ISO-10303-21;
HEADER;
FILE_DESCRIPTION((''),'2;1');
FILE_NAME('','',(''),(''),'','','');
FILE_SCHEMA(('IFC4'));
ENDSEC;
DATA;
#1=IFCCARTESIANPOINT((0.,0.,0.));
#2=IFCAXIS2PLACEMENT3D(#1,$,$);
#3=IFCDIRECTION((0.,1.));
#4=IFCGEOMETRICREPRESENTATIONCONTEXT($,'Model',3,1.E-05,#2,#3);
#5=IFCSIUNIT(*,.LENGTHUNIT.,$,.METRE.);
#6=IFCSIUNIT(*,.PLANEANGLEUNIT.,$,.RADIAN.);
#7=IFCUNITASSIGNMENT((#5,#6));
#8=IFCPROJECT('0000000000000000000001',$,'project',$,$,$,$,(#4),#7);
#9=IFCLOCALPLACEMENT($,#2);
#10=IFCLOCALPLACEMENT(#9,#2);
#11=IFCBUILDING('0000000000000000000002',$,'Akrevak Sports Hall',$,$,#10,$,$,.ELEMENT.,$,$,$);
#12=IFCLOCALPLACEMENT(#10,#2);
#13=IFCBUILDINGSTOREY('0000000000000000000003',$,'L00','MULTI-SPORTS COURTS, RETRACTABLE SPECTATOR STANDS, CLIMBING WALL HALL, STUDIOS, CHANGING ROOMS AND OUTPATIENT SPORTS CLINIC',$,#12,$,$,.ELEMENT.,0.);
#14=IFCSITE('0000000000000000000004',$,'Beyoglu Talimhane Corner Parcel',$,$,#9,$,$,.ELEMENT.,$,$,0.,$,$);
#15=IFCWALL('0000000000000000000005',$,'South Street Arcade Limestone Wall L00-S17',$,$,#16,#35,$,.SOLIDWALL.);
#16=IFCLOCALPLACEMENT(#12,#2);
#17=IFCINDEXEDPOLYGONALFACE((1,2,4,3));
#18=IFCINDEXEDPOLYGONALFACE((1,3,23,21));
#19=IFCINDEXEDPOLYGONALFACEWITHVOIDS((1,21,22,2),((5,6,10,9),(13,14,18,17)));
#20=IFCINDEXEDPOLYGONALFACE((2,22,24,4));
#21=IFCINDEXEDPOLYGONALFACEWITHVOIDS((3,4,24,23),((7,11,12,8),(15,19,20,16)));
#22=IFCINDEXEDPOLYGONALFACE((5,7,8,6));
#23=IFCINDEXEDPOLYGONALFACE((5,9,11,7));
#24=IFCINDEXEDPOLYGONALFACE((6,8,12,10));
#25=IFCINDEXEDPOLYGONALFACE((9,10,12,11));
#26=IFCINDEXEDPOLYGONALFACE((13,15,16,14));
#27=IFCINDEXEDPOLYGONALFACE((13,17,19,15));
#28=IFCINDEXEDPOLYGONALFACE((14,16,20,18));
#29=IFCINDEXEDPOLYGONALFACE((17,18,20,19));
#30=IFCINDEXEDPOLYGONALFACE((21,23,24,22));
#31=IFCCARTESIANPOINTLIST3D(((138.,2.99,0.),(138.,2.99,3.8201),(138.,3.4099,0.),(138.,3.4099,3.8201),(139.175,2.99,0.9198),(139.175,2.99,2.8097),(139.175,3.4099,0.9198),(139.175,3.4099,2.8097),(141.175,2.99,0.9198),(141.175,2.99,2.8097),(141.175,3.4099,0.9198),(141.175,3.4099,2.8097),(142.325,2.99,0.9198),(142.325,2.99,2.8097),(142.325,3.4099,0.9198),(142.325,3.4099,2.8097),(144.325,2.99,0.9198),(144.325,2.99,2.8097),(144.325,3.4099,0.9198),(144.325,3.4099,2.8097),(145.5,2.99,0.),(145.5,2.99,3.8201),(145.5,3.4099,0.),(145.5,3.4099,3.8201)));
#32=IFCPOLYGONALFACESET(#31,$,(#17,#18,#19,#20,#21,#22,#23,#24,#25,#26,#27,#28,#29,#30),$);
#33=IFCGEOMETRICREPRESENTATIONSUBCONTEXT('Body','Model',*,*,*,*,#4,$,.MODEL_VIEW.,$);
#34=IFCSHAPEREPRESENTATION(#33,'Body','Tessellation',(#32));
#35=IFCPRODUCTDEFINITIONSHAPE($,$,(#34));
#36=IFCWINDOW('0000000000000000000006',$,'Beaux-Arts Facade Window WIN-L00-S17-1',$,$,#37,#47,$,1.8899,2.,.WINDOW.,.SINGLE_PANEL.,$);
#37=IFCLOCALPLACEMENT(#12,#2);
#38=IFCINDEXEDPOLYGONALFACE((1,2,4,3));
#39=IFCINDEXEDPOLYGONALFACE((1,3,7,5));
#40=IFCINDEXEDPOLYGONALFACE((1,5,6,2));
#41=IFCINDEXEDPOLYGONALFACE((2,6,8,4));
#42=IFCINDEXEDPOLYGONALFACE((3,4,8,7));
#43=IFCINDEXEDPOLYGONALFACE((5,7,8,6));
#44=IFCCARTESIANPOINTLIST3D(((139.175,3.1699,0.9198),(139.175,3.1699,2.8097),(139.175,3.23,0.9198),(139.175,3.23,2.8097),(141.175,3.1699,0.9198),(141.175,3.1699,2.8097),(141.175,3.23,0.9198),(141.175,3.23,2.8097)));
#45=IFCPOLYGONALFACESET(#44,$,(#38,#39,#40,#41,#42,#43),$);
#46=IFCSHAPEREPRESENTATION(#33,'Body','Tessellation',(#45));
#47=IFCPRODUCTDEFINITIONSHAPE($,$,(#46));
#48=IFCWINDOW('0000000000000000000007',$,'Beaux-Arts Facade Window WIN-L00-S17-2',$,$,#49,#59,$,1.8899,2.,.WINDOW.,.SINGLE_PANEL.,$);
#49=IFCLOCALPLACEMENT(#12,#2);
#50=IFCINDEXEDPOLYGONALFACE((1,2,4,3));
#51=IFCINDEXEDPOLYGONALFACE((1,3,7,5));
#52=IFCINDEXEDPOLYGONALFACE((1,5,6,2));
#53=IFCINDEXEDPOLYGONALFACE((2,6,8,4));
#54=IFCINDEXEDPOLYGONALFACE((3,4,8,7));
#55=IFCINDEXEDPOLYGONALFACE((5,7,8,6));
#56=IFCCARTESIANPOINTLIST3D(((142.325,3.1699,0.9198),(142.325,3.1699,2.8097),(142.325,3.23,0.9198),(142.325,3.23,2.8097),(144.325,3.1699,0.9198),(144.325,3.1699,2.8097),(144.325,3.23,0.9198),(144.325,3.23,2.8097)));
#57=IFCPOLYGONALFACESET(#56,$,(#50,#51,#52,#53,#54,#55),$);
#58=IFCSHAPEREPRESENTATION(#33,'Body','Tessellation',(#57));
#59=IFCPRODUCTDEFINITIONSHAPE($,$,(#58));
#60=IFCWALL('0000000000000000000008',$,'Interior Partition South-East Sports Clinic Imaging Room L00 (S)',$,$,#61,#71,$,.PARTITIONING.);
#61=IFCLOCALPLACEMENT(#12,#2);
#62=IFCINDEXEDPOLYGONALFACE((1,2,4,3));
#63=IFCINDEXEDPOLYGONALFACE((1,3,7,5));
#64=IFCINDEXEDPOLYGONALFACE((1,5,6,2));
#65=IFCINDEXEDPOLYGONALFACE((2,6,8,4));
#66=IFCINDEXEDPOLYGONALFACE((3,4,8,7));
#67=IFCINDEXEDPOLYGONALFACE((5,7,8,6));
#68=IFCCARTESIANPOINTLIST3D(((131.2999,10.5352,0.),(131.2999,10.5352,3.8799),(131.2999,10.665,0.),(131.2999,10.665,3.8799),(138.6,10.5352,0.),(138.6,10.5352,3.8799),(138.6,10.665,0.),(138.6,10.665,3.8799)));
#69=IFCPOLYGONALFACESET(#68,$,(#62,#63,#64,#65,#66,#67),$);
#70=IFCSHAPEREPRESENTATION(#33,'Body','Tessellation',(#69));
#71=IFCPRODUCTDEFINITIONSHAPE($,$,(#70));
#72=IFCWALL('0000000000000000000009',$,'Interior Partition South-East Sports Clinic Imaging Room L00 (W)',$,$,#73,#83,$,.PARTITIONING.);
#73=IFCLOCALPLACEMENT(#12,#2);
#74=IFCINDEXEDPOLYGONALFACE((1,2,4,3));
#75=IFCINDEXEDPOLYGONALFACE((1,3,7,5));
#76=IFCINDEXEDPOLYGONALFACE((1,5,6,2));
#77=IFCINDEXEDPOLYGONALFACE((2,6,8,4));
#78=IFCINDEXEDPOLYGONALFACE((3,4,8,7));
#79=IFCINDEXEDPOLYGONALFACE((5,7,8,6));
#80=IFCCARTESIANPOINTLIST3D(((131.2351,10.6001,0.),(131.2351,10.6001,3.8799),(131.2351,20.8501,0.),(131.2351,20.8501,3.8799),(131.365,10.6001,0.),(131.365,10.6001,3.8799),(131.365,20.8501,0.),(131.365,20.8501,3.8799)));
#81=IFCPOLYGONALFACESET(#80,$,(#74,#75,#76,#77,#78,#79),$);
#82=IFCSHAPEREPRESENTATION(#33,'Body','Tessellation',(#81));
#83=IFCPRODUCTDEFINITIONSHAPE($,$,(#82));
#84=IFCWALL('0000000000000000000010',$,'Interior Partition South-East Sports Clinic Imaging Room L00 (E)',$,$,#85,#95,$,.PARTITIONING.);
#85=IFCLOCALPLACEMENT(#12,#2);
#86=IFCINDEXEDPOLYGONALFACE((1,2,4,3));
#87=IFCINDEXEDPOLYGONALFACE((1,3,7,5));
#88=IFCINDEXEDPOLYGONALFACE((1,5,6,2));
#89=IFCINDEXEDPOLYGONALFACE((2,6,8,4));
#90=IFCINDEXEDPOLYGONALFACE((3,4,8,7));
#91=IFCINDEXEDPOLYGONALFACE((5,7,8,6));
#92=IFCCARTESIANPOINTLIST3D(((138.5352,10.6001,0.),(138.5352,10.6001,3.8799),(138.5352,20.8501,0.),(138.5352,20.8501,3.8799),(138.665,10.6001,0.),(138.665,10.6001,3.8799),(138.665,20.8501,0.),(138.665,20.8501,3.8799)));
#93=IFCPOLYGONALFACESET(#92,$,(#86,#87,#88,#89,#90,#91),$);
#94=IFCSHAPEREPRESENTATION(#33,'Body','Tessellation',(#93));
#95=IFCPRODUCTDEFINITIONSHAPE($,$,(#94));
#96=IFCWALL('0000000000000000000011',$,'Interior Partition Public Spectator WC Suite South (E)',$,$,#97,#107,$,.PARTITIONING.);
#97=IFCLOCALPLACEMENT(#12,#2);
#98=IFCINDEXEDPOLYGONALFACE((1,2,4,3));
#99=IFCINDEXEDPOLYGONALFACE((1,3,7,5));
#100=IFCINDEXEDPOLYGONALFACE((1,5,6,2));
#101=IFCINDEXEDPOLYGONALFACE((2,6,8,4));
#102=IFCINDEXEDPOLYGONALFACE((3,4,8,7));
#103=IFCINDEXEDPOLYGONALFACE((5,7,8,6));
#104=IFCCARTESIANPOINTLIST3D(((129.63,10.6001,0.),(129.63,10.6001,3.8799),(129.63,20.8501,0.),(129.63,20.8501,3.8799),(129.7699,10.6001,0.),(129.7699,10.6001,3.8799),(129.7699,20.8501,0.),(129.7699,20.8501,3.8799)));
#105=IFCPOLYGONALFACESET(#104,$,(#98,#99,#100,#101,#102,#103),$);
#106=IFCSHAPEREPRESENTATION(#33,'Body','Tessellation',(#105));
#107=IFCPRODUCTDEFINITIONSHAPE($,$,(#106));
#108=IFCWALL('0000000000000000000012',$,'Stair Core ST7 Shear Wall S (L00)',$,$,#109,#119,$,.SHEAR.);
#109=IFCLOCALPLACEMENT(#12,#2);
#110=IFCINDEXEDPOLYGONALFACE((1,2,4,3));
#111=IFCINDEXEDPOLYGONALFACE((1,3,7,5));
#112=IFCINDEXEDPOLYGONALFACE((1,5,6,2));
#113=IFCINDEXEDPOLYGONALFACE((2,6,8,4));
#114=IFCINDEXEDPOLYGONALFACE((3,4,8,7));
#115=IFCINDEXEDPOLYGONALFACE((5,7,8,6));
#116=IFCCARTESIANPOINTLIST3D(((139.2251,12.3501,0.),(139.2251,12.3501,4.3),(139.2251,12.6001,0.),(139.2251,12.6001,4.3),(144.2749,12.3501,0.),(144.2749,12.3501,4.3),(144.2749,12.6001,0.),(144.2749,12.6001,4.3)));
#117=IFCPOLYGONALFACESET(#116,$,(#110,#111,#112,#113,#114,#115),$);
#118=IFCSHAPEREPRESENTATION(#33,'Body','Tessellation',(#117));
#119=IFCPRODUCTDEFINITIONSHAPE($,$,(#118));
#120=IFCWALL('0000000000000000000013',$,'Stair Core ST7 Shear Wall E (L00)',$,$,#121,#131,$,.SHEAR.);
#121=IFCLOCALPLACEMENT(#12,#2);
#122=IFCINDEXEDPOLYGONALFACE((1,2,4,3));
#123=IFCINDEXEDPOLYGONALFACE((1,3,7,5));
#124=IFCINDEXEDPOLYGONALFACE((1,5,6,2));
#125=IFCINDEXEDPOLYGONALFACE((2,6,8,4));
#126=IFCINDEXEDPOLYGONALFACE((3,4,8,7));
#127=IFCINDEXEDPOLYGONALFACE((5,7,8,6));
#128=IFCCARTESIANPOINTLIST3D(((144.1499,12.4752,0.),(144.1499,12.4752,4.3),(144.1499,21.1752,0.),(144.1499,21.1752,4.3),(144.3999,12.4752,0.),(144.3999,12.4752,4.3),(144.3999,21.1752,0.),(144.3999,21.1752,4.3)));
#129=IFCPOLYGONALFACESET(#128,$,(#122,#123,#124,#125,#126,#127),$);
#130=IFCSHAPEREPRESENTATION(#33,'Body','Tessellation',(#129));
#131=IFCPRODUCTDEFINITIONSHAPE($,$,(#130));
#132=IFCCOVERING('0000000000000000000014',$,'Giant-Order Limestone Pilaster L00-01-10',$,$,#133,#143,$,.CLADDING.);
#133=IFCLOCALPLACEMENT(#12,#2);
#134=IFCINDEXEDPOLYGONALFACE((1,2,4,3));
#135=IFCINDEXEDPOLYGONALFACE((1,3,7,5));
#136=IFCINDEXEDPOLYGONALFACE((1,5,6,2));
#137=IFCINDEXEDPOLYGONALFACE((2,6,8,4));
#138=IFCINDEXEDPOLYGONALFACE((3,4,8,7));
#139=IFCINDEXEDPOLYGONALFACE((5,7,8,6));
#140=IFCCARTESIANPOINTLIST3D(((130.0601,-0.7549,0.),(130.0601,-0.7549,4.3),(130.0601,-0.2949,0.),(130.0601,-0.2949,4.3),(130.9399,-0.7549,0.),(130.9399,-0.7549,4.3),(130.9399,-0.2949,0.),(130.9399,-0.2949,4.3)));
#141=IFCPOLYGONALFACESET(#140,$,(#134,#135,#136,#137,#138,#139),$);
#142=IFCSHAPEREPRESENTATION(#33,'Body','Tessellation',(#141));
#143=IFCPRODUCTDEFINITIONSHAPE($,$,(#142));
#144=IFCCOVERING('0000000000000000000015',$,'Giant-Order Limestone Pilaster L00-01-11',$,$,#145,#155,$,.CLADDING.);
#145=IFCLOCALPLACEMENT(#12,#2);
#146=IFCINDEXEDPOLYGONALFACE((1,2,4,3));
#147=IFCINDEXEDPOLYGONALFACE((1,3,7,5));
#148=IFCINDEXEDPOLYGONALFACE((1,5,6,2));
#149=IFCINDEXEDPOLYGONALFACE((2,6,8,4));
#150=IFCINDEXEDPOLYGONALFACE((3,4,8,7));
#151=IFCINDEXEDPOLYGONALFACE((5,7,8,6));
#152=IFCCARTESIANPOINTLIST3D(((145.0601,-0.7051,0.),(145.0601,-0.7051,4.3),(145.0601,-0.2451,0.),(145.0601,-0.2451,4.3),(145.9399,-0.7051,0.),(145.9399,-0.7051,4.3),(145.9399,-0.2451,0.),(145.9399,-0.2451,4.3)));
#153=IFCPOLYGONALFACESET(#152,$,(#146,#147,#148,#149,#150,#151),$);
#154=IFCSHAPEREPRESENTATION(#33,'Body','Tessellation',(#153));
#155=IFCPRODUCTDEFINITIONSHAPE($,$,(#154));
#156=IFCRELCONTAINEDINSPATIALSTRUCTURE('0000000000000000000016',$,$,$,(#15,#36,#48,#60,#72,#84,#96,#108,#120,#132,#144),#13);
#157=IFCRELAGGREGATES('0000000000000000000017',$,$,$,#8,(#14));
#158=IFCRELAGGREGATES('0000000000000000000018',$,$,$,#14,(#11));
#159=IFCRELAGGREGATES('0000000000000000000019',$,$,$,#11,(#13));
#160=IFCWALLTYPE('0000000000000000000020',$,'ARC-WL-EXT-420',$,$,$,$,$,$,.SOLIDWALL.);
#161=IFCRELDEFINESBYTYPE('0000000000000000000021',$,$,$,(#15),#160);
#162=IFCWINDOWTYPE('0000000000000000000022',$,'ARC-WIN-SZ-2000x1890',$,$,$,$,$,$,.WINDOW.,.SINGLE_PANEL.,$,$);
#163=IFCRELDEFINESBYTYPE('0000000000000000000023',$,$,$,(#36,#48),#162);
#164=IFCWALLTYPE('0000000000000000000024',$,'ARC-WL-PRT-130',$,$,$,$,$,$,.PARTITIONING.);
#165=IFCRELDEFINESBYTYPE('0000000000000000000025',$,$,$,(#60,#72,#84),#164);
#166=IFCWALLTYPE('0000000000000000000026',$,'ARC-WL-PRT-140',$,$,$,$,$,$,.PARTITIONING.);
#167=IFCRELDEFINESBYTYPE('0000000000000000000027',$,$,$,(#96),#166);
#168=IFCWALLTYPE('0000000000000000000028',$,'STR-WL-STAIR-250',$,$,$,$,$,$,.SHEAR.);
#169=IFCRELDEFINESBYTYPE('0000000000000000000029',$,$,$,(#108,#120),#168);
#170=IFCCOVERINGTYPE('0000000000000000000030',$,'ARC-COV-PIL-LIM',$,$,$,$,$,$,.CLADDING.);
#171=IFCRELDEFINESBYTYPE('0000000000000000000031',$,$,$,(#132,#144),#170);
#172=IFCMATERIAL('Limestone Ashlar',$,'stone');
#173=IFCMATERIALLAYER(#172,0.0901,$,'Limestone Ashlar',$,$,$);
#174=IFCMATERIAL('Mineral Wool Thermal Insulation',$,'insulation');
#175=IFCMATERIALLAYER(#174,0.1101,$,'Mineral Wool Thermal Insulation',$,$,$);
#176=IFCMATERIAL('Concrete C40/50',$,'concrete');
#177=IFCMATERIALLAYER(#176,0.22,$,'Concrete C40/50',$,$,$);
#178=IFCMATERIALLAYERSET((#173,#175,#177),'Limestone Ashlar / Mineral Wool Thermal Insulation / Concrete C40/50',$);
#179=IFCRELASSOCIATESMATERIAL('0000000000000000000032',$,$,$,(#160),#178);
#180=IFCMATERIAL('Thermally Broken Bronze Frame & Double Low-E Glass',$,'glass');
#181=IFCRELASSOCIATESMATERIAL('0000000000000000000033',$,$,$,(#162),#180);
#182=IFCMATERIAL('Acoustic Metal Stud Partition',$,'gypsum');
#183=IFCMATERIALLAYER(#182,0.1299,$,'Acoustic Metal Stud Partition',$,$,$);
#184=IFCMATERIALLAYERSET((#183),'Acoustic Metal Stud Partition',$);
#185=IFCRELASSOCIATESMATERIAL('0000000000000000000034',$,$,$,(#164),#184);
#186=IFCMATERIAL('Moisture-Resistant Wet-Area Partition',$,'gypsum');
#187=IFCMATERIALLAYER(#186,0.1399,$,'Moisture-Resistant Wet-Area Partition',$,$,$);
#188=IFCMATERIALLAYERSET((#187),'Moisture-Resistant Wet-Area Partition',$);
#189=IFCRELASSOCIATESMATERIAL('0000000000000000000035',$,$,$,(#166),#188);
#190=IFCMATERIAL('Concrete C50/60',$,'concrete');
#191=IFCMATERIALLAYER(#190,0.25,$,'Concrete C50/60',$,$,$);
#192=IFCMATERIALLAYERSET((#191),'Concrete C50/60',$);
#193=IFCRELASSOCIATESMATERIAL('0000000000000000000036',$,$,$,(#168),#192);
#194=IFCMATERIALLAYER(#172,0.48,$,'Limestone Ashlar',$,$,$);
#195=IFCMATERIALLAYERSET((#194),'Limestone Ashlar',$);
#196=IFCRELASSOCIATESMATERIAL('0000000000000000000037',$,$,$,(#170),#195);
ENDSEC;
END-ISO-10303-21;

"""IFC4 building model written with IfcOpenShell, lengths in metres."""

from ifc_helpers import new_model, si_unit, direction, frame, frame_2d, origin, origin_2d, place, context, subcontext, project, spatial, rectangle, extrude, material, layer, layer_set, type_object, element, fill, save


model = new_model("IFC4")

# Units and contexts
model_context = context("Model", 3, precision=1e-05, world=origin(), true_north=direction((0.0, 1.0)))
body_context = subcontext(model_context, "Body", "Model", "MODEL_VIEW")
ifc_project = project(units=[si_unit("LENGTHUNIT", "METRE"), si_unit("PLANEANGLEUNIT", "RADIAN")], contexts=[model_context])

# Site, building, storey
site_placement = place(None, origin())
site = spatial("IfcSite", under=ifc_project, at=site_placement, Name="Beyoglu Talimhane Corner Parcel", CompositionType="ELEMENT", RefElevation=0.0)
building_placement = place(site_placement, origin())
building = spatial("IfcBuilding", under=site, at=building_placement, Name="Akrevak Sports Hall", CompositionType="ELEMENT")
storey_placement = place(building_placement, origin())
storey = spatial("IfcBuildingStorey", under=building, at=storey_placement, Name="L00", Description="MULTI-SPORTS COURTS, RETRACTABLE SPECTATOR STANDS, CLIMBING WALL HALL, STUDIOS, CHANGING ROOMS AND OUTPATIENT SPORTS CLINIC", CompositionType="ELEMENT", Elevation=0.0)

# Shared definitions
ifc_material_1 = material(Name="Concrete C40/50", Category="concrete")

# Shared definitions
ifc_material_2 = material(Name="Concrete C50/60", Category="concrete")

# Wall, openings, windows
ifc_material_3 = material(Name="Limestone Ashlar", Category="stone")
ifc_layer_1 = layer(ifc_material_3, 0.0901, Name="Limestone Ashlar")
ifc_material_4 = material(Name="Mineral Wool Thermal Insulation", Category="insulation")
ifc_layer_2 = layer(ifc_material_4, 0.1101, Name="Mineral Wool Thermal Insulation")
ifc_layer_3 = layer(ifc_material_1, 0.22, Name="Concrete C40/50")
ifc_layer_set_1 = layer_set([ifc_layer_1, ifc_layer_2, ifc_layer_3], Name="Limestone Ashlar / Mineral Wool Thermal Insulation / Concrete C40/50")
wall_type_1 = type_object("IfcWallType", Name="ARC-WL-EXT-420", PredefinedType="SOLIDWALL", material=ifc_layer_set_1)
ifc_material_5 = material(Name="Thermally Broken Bronze Frame & Double Low-E Glass", Category="glass")
window_type = type_object("IfcWindowType", Name="ARC-WIN-SZ-2000x1890", PartitioningType="SINGLE_PANEL", PredefinedType="WINDOW", material=ifc_material_5)
wall_1_placement = place(storey_placement, frame((138.0, 3.2, 0.0), z_axis=(0.0, 0.0, 1.0), x_axis=(1.0, 0.0, 0.0)))
wall_1 = element("IfcWall", 1, at=wall_1_placement, inside=storey, type_object=wall_type_1, Name="South Street Arcade Limestone Wall L00-S17", PredefinedType="SOLIDWALL", context=body_context, shape_type="SweptSolid", body=[
    extrude(rectangle(XDim=7.5, YDim=0.4199, at=frame_2d((3.75, 0.0))), origin(), (0.0, 0.0, 1.0), 3.8201),
])
opening_1_placement = place(wall_1_placement, frame((1.175, 0.0, 0.9199)))
opening_1 = element("IfcOpeningElement", 2, at=opening_1_placement, cuts=wall_1, PredefinedType="OPENING", context=body_context, shape_type="SweptSolid", body=[
    extrude(rectangle(XDim=2.0, YDim=1.8899, at=frame_2d((1.0, 0.9448))), frame((0.0, 0.2219, 0.0), z_axis=(0.0, -1.0, 0.0), x_axis=(1.0, 0.0, 0.0)), (0.0, 0.0, 1.0), 0.4438),
])
opening_2_placement = place(wall_1_placement, frame((4.325, 0.0, 0.9199)))
opening_2 = element("IfcOpeningElement", 3, at=opening_2_placement, cuts=wall_1, PredefinedType="OPENING", context=body_context, shape_type="SweptSolid", body=[
    extrude(rectangle(XDim=2.0, YDim=1.8899, at=frame_2d((1.0, 0.9448))), frame((0.0, 0.2219, 0.0), z_axis=(0.0, -1.0, 0.0), x_axis=(1.0, 0.0, 0.0)), (0.0, 0.0, 1.0), 0.4438),
])
window_1_placement = place(opening_1_placement, origin())
window_1 = element("IfcWindow", 4, at=window_1_placement, inside=storey, type_object=window_type, Name="Beaux-Arts Facade Window WIN-L00-S17-1", OverallHeight=1.8899, OverallWidth=2.0, PartitioningType="SINGLE_PANEL", PredefinedType="WINDOW", context=body_context, shape_type="SweptSolid", body=[
    extrude(rectangle(XDim=2.0, YDim=1.8899, at=frame_2d((1.0, 0.9448))), frame((0.0, 0.03, 0.0), z_axis=(0.0, -1.0, 0.0), x_axis=(1.0, 0.0, 0.0)), (0.0, 0.0, 1.0), 0.0601),
])
fill(opening_1, window_1)
window_2_placement = place(opening_2_placement, origin())
window_2 = element("IfcWindow", 5, at=window_2_placement, inside=storey, type_object=window_type, Name="Beaux-Arts Facade Window WIN-L00-S17-2", OverallHeight=1.8899, OverallWidth=2.0, PartitioningType="SINGLE_PANEL", PredefinedType="WINDOW", context=body_context, shape_type="SweptSolid", body=[
    extrude(rectangle(XDim=2.0, YDim=1.8899, at=frame_2d((1.0, 0.9448))), frame((0.0, 0.03, 0.0), z_axis=(0.0, -1.0, 0.0), x_axis=(1.0, 0.0, 0.0)), (0.0, 0.0, 1.0), 0.0601),
])
fill(opening_2, window_2)

# Walls
ifc_material_6 = material(Name="Acoustic Metal Stud Partition", Category="gypsum")
ifc_layer_4 = layer(ifc_material_6, 0.1299, Name="Acoustic Metal Stud Partition")
ifc_layer_set_2 = layer_set([ifc_layer_4], Name="Acoustic Metal Stud Partition")
wall_type_2 = type_object("IfcWallType", Name="ARC-WL-PRT-130", PredefinedType="PARTITIONING", material=ifc_layer_set_2)
wall_2_placement = place(storey_placement, frame((131.3, 10.6001, 0.0), z_axis=(0.0, 0.0, 1.0), x_axis=(1.0, 0.0, 0.0)))
element("IfcWall", 6, at=wall_2_placement, inside=storey, type_object=wall_type_2, Name="Interior Partition South-East Sports Clinic Imaging Room L00 (S)", PredefinedType="PARTITIONING", context=body_context, shape_type="SweptSolid", body=[
    extrude(rectangle(XDim=7.3, YDim=0.1299, at=frame_2d((3.6499, 0.0))), origin(), (0.0, 0.0, 1.0), 3.8799),
])
for number, where, z_axis, x_axis, name in (
    (7, (131.3, 10.6001, 0.0), (0.0, 0.0, 1.0), (0.0, 1.0, 0.0), "Interior Partition South-East Sports Clinic Imaging Room L00 (W)"),
    (8, (138.6001, 10.6001, 0.0), (0.0, 0.0, 1.0), (0.0, 1.0, 0.0), "Interior Partition South-East Sports Clinic Imaging Room L00 (E)"),
):
    element("IfcWall", number, at=place(storey_placement, frame(where, z_axis=z_axis, x_axis=x_axis)), inside=storey, type_object=wall_type_2, Name=name, PredefinedType="PARTITIONING", context=body_context, shape_type="SweptSolid", body=[
        extrude(rectangle(XDim=10.25, YDim=0.1299, at=frame_2d((5.125, 0.0))), origin(), (0.0, 0.0, 1.0), 3.8799),
    ])
ifc_material_7 = material(Name="Moisture-Resistant Wet-Area Partition", Category="gypsum")
ifc_layer_5 = layer(ifc_material_7, 0.1399, Name="Moisture-Resistant Wet-Area Partition")
ifc_layer_set_3 = layer_set([ifc_layer_5], Name="Moisture-Resistant Wet-Area Partition")
wall_type_3 = type_object("IfcWallType", Name="ARC-WL-PRT-140", PredefinedType="PARTITIONING", material=ifc_layer_set_3)
wall_3_placement = place(storey_placement, frame((129.7, 10.6001, 0.0), z_axis=(0.0, 0.0, 1.0), x_axis=(0.0, 1.0, 0.0)))
element("IfcWall", 9, at=wall_3_placement, inside=storey, type_object=wall_type_3, Name="Interior Partition Public Spectator WC Suite South (E)", PredefinedType="PARTITIONING", context=body_context, shape_type="SweptSolid", body=[
    extrude(rectangle(XDim=10.25, YDim=0.1399, at=frame_2d((5.125, 0.0))), origin(), (0.0, 0.0, 1.0), 3.8799),
])
ifc_layer_6 = layer(ifc_material_2, 0.25, Name="Concrete C50/60")
ifc_layer_set_4 = layer_set([ifc_layer_6], Name="Concrete C50/60")
wall_type_4 = type_object("IfcWallType", Name="STR-WL-STAIR-250", PredefinedType="SHEAR", material=ifc_layer_set_4)
wall_4_placement = place(storey_placement, frame((139.2251, 12.4751, 0.0), z_axis=(0.0, 0.0, 1.0), x_axis=(1.0, 0.0, 0.0)))
element("IfcWall", 10, at=wall_4_placement, inside=storey, type_object=wall_type_4, Name="Stair Core ST7 Shear Wall S (L00)", PredefinedType="SHEAR", context=body_context, shape_type="SweptSolid", body=[
    extrude(rectangle(XDim=5.0498, YDim=0.25, at=frame_2d((2.5249, 0.0))), origin(), (0.0, 0.0, 1.0), 4.3),
])
wall_5_placement = place(storey_placement, frame((144.2749, 12.4751, 0.0), z_axis=(0.0, 0.0, 1.0), x_axis=(0.0, 1.0, 0.0)))
element("IfcWall", 11, at=wall_5_placement, inside=storey, type_object=wall_type_4, Name="Stair Core ST7 Shear Wall E (L00)", PredefinedType="SHEAR", context=body_context, shape_type="SweptSolid", body=[
    extrude(rectangle(XDim=8.7, YDim=0.25, at=frame_2d((4.3501, 0.0))), origin(), (0.0, 0.0, 1.0), 4.3),
])

# Coverings
ifc_layer_7 = layer(ifc_material_3, 0.48, Name="Limestone Ashlar")
ifc_layer_set_5 = layer_set([ifc_layer_7], Name="Limestone Ashlar")
covering_type = type_object("IfcCoveringType", Name="ARC-COV-PIL-LIM", PredefinedType="CLADDING", material=ifc_layer_set_5)
for number, where, z_axis, x_axis, name in (
    (12, (130.5, -0.5249, 0.0), (0.0, 0.0, 1.0), (1.0, 0.0, 0.0), "Giant-Order Limestone Pilaster L00-01-10"),
    (13, (145.5, -0.4751, 0.0), (0.0, 0.0, 1.0), (1.0, 0.0, 0.0), "Giant-Order Limestone Pilaster L00-01-11"),
):
    element("IfcCovering", number, at=place(storey_placement, frame(where, z_axis=z_axis, x_axis=x_axis)), inside=storey, type_object=covering_type, Name=name, PredefinedType="CLADDING", context=body_context, shape_type="SweptSolid", body=[
        extrude(rectangle(XDim=0.8799, YDim=0.46, at=origin_2d()), origin(), (0.0, 0.0, 1.0), 4.3),
    ])

save(model, "model.ifc")
